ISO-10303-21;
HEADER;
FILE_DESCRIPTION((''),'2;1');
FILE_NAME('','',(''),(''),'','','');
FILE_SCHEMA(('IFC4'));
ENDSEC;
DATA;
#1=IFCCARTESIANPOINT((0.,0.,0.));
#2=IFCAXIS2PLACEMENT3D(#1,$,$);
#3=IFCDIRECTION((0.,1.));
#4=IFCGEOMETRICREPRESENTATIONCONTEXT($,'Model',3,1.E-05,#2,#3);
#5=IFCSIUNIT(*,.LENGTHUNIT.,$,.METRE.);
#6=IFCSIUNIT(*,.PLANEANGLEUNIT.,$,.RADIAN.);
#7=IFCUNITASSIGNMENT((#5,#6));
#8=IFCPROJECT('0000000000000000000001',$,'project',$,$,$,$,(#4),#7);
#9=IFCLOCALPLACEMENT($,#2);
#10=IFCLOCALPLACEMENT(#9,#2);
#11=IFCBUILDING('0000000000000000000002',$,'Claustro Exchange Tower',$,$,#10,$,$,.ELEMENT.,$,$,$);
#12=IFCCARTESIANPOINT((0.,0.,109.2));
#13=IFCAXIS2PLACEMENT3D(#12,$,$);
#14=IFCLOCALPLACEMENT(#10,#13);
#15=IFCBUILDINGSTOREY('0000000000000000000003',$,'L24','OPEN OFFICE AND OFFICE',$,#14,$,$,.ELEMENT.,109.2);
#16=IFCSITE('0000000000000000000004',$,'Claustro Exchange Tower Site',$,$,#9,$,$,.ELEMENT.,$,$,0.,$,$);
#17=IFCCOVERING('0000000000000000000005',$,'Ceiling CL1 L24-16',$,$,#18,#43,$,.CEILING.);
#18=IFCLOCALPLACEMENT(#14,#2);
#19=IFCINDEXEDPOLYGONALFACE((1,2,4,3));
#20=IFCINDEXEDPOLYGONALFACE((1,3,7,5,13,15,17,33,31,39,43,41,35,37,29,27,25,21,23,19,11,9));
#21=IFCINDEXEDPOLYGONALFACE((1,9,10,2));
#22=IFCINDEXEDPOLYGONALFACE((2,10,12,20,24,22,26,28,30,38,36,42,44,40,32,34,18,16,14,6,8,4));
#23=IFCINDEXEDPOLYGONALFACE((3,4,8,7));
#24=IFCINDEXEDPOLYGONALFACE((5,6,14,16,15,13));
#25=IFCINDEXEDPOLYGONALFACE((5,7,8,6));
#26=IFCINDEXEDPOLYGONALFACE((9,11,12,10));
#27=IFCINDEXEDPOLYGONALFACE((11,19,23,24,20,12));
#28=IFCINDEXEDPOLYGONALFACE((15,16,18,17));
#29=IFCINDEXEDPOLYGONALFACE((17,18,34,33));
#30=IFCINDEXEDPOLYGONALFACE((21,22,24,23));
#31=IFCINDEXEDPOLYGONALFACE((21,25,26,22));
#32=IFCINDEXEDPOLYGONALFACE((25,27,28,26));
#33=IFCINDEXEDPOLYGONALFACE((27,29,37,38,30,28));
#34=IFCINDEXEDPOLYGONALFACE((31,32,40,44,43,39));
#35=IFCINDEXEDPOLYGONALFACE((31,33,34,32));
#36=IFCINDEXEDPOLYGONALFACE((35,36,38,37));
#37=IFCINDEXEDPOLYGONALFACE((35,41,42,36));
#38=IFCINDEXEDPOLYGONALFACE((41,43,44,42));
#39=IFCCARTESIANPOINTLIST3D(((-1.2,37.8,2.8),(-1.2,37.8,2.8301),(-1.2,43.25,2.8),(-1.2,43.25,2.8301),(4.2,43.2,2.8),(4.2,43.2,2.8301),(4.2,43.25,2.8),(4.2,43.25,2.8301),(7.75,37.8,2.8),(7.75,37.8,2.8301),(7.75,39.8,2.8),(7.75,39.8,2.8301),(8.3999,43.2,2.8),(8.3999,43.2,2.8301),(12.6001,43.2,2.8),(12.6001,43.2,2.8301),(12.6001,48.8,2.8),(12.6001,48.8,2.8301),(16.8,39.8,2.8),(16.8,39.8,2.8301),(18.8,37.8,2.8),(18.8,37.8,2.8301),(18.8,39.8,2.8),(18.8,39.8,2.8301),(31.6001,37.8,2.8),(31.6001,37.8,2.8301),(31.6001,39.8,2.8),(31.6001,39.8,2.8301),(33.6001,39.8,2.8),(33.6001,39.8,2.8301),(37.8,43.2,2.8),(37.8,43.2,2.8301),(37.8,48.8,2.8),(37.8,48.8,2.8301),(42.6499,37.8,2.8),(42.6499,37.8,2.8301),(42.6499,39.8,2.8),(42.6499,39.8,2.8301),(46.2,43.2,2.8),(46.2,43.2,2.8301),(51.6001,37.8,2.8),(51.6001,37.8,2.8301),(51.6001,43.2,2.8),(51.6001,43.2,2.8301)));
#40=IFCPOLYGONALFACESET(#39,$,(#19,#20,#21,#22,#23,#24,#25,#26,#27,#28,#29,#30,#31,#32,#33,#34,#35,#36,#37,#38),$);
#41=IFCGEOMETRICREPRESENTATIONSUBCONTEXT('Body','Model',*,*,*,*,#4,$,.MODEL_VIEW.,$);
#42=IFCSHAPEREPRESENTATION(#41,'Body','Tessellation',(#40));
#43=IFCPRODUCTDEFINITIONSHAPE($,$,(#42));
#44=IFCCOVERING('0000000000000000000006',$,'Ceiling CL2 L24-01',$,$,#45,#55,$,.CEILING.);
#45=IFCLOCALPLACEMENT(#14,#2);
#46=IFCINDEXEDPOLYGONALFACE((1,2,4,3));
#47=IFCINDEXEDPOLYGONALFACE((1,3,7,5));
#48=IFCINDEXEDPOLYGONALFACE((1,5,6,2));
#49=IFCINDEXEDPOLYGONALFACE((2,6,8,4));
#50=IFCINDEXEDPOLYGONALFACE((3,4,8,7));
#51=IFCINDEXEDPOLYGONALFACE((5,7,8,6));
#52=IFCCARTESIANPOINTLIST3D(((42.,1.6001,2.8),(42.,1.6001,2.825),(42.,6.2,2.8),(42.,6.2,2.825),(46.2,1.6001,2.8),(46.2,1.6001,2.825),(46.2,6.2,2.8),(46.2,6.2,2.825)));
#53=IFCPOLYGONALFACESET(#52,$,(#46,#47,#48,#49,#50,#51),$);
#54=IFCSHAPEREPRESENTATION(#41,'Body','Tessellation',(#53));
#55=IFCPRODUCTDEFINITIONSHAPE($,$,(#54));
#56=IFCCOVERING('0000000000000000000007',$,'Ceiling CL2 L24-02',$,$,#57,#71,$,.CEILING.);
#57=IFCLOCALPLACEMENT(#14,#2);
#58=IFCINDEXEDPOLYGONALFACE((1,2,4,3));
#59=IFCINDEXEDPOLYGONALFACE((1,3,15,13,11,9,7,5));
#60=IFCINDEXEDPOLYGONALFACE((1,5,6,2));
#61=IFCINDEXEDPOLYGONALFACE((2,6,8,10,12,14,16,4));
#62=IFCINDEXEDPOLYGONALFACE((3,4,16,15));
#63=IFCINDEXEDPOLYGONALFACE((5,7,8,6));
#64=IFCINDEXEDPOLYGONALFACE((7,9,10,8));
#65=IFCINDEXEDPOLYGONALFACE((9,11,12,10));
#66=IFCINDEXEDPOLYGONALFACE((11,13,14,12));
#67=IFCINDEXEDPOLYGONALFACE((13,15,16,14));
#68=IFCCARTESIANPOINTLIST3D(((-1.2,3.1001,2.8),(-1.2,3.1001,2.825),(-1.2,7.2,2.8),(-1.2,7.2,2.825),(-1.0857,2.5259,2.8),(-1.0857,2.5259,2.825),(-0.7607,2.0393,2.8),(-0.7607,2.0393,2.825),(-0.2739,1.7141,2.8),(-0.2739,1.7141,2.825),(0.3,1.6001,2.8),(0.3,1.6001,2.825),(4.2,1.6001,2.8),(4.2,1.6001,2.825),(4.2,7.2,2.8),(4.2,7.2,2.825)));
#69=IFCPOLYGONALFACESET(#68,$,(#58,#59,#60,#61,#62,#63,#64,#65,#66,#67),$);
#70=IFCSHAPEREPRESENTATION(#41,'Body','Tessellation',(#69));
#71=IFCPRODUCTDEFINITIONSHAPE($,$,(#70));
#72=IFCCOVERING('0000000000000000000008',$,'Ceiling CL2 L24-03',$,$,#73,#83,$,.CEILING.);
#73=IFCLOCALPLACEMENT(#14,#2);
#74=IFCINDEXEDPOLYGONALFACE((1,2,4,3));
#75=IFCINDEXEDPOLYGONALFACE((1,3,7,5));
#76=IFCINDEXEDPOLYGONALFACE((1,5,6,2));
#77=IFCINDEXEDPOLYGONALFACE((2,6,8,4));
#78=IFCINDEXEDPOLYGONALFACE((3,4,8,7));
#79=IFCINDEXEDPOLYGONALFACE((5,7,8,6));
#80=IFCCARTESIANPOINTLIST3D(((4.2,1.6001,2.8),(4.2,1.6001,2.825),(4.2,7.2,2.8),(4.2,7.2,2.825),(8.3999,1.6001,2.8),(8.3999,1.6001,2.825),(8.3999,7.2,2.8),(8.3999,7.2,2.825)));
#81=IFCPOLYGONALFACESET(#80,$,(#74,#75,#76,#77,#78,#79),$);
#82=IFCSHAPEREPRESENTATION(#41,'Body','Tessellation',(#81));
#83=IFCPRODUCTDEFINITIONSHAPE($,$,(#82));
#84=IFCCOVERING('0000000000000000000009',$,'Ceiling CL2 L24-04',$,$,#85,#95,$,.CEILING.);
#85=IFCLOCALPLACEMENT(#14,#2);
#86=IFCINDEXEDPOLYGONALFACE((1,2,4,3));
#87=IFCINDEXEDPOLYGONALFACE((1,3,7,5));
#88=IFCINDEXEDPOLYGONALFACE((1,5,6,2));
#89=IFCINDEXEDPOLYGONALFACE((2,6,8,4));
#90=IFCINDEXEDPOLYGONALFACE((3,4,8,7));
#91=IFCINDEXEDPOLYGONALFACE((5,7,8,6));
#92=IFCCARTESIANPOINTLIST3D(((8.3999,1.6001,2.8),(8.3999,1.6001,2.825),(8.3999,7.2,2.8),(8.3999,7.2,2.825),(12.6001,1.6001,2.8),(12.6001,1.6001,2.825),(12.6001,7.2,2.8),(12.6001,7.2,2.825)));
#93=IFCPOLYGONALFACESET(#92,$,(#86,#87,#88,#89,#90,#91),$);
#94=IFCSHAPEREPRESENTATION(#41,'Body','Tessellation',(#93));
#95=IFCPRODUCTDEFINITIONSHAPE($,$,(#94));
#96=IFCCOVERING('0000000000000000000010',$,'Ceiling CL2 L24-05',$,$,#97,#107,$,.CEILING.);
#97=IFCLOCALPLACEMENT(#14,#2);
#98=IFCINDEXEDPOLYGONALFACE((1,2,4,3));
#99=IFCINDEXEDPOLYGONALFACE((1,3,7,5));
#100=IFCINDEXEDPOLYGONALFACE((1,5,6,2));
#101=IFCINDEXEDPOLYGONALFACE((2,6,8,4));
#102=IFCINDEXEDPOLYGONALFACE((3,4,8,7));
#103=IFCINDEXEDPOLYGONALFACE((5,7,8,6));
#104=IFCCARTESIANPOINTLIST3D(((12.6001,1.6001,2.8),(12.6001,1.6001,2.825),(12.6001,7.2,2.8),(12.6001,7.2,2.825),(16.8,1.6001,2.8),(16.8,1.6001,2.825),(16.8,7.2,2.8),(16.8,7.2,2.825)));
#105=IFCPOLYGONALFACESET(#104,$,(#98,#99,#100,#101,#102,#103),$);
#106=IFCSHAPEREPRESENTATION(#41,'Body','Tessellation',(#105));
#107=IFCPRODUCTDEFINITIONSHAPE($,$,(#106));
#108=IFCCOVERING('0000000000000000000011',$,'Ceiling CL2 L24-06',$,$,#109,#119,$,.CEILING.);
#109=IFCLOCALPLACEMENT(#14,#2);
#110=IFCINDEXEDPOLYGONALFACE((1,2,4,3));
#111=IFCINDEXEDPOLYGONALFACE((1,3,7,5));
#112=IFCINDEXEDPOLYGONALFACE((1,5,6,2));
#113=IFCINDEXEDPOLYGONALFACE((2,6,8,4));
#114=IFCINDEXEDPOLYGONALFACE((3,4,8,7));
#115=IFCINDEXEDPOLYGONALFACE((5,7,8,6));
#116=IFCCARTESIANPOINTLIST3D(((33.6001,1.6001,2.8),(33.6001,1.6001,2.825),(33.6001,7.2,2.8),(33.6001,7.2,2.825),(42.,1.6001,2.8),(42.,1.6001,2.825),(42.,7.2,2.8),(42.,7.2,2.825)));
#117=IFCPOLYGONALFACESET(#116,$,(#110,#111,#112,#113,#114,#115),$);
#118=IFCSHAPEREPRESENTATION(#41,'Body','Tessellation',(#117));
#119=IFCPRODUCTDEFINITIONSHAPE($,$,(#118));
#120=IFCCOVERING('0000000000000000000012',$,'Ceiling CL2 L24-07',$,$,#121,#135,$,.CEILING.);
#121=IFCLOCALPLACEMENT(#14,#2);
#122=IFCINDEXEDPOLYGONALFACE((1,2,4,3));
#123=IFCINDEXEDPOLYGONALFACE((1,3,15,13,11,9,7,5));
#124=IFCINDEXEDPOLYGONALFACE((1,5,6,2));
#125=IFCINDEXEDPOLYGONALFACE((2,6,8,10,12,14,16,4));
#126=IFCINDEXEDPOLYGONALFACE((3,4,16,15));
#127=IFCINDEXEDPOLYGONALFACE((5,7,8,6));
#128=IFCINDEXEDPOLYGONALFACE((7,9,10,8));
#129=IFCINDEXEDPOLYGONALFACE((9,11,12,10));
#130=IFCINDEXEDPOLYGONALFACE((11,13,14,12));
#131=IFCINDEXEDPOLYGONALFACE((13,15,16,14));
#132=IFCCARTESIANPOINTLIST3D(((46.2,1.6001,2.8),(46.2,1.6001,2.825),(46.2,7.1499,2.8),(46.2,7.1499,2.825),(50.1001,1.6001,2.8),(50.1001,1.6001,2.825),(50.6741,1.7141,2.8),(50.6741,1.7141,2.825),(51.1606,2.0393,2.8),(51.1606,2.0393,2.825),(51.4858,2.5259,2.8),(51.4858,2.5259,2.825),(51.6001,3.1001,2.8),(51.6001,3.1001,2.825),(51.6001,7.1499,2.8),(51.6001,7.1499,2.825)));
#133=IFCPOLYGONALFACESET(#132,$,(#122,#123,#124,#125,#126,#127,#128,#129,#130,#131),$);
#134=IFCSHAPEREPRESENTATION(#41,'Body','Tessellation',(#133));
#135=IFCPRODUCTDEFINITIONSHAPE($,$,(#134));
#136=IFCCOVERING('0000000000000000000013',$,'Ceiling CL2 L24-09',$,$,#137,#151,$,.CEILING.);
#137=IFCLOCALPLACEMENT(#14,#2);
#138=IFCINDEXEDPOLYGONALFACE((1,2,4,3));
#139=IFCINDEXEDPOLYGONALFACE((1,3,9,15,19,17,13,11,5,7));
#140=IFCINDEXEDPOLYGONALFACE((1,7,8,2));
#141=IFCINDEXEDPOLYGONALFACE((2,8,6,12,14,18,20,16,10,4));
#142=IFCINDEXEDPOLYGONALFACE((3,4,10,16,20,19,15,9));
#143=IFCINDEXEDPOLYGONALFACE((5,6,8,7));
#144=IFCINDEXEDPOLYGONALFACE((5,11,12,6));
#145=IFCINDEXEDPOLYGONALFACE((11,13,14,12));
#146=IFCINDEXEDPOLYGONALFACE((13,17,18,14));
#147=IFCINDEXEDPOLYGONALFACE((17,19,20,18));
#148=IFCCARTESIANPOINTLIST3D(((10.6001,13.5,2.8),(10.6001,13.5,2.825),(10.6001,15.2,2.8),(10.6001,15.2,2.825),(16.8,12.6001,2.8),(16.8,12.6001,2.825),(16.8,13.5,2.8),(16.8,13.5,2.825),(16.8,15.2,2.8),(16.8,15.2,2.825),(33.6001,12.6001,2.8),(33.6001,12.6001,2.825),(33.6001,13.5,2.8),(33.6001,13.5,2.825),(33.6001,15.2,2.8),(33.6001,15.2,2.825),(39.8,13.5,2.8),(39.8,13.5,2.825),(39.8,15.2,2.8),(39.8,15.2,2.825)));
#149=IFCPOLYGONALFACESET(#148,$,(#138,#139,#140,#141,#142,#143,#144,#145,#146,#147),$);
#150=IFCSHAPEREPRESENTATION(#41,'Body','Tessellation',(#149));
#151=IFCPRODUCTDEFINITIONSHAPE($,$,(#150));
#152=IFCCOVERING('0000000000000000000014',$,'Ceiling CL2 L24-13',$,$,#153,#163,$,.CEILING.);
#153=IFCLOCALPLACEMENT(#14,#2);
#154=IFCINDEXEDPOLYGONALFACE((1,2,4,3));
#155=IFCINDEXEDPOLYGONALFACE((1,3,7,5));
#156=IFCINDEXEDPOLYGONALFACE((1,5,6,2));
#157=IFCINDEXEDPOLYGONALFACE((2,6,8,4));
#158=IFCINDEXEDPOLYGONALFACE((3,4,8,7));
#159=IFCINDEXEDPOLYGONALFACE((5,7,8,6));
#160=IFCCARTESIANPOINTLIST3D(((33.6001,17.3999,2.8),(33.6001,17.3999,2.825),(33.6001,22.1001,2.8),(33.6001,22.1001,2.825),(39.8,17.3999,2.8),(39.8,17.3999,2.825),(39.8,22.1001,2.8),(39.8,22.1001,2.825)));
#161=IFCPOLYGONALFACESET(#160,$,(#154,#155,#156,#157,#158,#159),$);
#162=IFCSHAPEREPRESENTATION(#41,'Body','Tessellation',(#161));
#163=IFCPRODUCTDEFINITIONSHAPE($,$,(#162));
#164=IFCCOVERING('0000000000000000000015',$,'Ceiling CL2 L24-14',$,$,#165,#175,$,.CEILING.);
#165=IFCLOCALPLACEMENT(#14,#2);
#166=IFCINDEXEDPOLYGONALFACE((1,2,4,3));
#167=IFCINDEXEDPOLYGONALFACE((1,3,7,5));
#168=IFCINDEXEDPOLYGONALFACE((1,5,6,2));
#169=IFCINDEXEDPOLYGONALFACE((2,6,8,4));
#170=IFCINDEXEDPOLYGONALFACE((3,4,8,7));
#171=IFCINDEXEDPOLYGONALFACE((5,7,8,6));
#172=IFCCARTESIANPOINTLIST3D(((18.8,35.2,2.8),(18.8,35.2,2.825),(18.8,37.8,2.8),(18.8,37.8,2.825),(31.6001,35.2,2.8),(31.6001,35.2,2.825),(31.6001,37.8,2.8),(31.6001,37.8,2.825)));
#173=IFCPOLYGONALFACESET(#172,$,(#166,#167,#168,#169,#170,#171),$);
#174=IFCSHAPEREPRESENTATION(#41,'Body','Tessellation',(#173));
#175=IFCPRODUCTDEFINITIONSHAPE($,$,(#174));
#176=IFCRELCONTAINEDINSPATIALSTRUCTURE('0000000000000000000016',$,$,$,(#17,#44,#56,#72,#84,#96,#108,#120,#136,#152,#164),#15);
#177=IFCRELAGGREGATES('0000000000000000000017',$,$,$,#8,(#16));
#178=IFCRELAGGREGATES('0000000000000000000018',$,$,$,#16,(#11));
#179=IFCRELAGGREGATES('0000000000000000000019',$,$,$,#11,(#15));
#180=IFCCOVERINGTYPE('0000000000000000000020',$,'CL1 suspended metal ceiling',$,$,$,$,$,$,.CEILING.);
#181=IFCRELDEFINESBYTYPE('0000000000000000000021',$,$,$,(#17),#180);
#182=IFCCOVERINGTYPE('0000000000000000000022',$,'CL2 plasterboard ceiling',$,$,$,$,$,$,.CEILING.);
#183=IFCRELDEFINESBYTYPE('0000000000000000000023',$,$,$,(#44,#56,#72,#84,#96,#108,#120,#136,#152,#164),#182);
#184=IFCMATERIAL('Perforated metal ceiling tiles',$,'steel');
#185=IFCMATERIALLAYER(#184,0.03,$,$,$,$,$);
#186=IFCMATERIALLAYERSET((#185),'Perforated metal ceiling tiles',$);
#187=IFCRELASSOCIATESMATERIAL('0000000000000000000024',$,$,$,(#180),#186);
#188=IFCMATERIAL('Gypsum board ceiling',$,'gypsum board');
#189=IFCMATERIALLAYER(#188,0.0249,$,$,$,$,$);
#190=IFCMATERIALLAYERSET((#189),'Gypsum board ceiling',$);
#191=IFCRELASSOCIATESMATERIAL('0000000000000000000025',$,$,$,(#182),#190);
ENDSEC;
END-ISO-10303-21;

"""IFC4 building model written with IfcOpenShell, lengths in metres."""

from ifc_helpers import new_model, si_unit, direction, frame, origin, place, context, subcontext, project, spatial, polyline, outline, extrude, material, layer, layer_set, type_object, element, save


model = new_model("IFC4")

# Units and contexts
model_context = context("Model", 3, precision=1e-05, world=origin(), true_north=direction((0.0, 1.0)))
body_context = subcontext(model_context, "Body", "Model", "MODEL_VIEW")
ifc_project = project(units=[si_unit("LENGTHUNIT", "METRE"), si_unit("PLANEANGLEUNIT", "RADIAN")], contexts=[model_context])

# Site, building, storey
site_placement = place(None, origin())
site = spatial("IfcSite", under=ifc_project, at=site_placement, Name="Claustro Exchange Tower Site", CompositionType="ELEMENT", RefElevation=0.0)
building_placement = place(site_placement, origin())
building = spatial("IfcBuilding", under=site, at=building_placement, Name="Claustro Exchange Tower", CompositionType="ELEMENT")
storey_placement = place(building_placement, frame((0.0, 0.0, 109.2)))
storey = spatial("IfcBuildingStorey", under=building, at=storey_placement, Name="L24", Description="OPEN OFFICE AND OFFICE", CompositionType="ELEMENT", Elevation=109.2)

# Coverings
ifc_material_1 = material(Name="Perforated metal ceiling tiles", Category="steel")
ifc_layer_1 = layer(ifc_material_1, 0.03)
ifc_layer_set_1 = layer_set([ifc_layer_1], Name="Perforated metal ceiling tiles")
covering_type_1 = type_object("IfcCoveringType", Name="CL1 suspended metal ceiling", PredefinedType="CEILING", material=ifc_layer_set_1)
covering_1_placement = place(storey_placement, frame((0.0, 0.0, 2.8)))
element("IfcCovering", 1, at=covering_1_placement, inside=storey, type_object=covering_type_1, Name="Ceiling CL1 L24-16", PredefinedType="CEILING", context=body_context, shape_type="SweptSolid", body=[
    extrude(outline(polyline([(-1.2, 43.25), (-1.2, 37.8), (7.75, 37.8), (7.75, 39.8), (16.8, 39.8), (18.8, 39.8), (18.8, 37.8), (31.6001, 37.8), (31.6001, 39.8), (33.6001, 39.8), (42.6499, 39.8), (42.6499, 37.8), (51.6001, 37.8), (51.6001, 43.2), (46.2, 43.2), (37.8, 43.2), (37.8, 48.8), (12.6001, 48.8), (12.6001, 43.2), (8.3999, 43.2), (4.2, 43.2), (4.2, 43.25), (-1.2, 43.25)])), origin(), (0.0, 0.0, 1.0), 0.03),
])
ifc_material_2 = material(Name="Gypsum board ceiling", Category="gypsum board")
ifc_layer_2 = layer(ifc_material_2, 0.0249)
ifc_layer_set_2 = layer_set([ifc_layer_2], Name="Gypsum board ceiling")
covering_type_2 = type_object("IfcCoveringType", Name="CL2 plasterboard ceiling", PredefinedType="CEILING", material=ifc_layer_set_2)
covering_2_placement = place(storey_placement, frame((0.0, 0.0, 2.8)))
element("IfcCovering", 2, at=covering_2_placement, inside=storey, type_object=covering_type_2, Name="Ceiling CL2 L24-01", PredefinedType="CEILING", context=body_context, shape_type="SweptSolid", body=[
    extrude(outline(polyline([(42.0, 1.6001), (46.2, 1.6001), (46.2, 6.2), (42.0, 6.2), (42.0, 1.6001)])), origin(), (0.0, 0.0, 1.0), 0.0249),
])
covering_3_placement = place(storey_placement, frame((0.0, 0.0, 2.8)))
element("IfcCovering", 3, at=covering_3_placement, inside=storey, type_object=covering_type_2, Name="Ceiling CL2 L24-02", PredefinedType="CEILING", context=body_context, shape_type="SweptSolid", body=[
    extrude(outline(polyline([(-1.0857, 2.5259), (-0.7607, 2.0393), (-0.2739, 1.7141), (0.3, 1.6001), (4.2, 1.6001), (4.2, 7.2), (-1.2, 7.2), (-1.2, 3.1001), (-1.0857, 2.5259)])), origin(), (0.0, 0.0, 1.0), 0.0249),
])
covering_4_placement = place(storey_placement, frame((0.0, 0.0, 2.8)))
element("IfcCovering", 4, at=covering_4_placement, inside=storey, type_object=covering_type_2, Name="Ceiling CL2 L24-03", PredefinedType="CEILING", context=body_context, shape_type="SweptSolid", body=[
    extrude(outline(polyline([(4.2, 1.6001), (8.3999, 1.6001), (8.3999, 7.2), (4.2, 7.2), (4.2, 1.6001)])), origin(), (0.0, 0.0, 1.0), 0.0249),
])
covering_5_placement = place(storey_placement, frame((0.0, 0.0, 2.8)))
element("IfcCovering", 5, at=covering_5_placement, inside=storey, type_object=covering_type_2, Name="Ceiling CL2 L24-04", PredefinedType="CEILING", context=body_context, shape_type="SweptSolid", body=[
    extrude(outline(polyline([(8.3999, 1.6001), (12.6001, 1.6001), (12.6001, 7.2), (8.3999, 7.2), (8.3999, 1.6001)])), origin(), (0.0, 0.0, 1.0), 0.0249),
])
covering_6_placement = place(storey_placement, frame((0.0, 0.0, 2.8)))
element("IfcCovering", 6, at=covering_6_placement, inside=storey, type_object=covering_type_2, Name="Ceiling CL2 L24-05", PredefinedType="CEILING", context=body_context, shape_type="SweptSolid", body=[
    extrude(outline(polyline([(12.6001, 1.6001), (16.8, 1.6001), (16.8, 7.2), (12.6001, 7.2), (12.6001, 1.6001)])), origin(), (0.0, 0.0, 1.0), 0.0249),
])
covering_7_placement = place(storey_placement, frame((0.0, 0.0, 2.8)))
element("IfcCovering", 7, at=covering_7_placement, inside=storey, type_object=covering_type_2, Name="Ceiling CL2 L24-06", PredefinedType="CEILING", context=body_context, shape_type="SweptSolid", body=[
    extrude(outline(polyline([(33.6001, 1.6001), (42.0, 1.6001), (42.0, 7.2), (33.6001, 7.2), (33.6001, 1.6001)])), origin(), (0.0, 0.0, 1.0), 0.0249),
])
covering_8_placement = place(storey_placement, frame((0.0, 0.0, 2.8)))
element("IfcCovering", 8, at=covering_8_placement, inside=storey, type_object=covering_type_2, Name="Ceiling CL2 L24-07", PredefinedType="CEILING", context=body_context, shape_type="SweptSolid", body=[
    extrude(outline(polyline([(51.6001, 3.1001), (51.6001, 7.1499), (46.2, 7.1499), (46.2, 1.6001), (50.1001, 1.6001), (50.6741, 1.7141), (51.1606, 2.0393), (51.4858, 2.5259), (51.6001, 3.1001)])), origin(), (0.0, 0.0, 1.0), 0.0249),
])
covering_9_placement = place(storey_placement, frame((0.0, 0.0, 2.8)))
element("IfcCovering", 9, at=covering_9_placement, inside=storey, type_object=covering_type_2, Name="Ceiling CL2 L24-09", PredefinedType="CEILING", context=body_context, shape_type="SweptSolid", body=[
    extrude(outline(polyline([(10.6001, 15.2), (10.6001, 13.5), (16.8, 13.5), (16.8, 12.6001), (33.6001, 12.6001), (33.6001, 13.5), (39.8, 13.5), (39.8, 15.2), (33.6001, 15.2), (16.8, 15.2), (10.6001, 15.2)])), origin(), (0.0, 0.0, 1.0), 0.0249),
])
covering_10_placement = place(storey_placement, frame((0.0, 0.0, 2.8)))
element("IfcCovering", 10, at=covering_10_placement, inside=storey, type_object=covering_type_2, Name="Ceiling CL2 L24-13", PredefinedType="CEILING", context=body_context, shape_type="SweptSolid", body=[
    extrude(outline(polyline([(39.8, 17.3999), (39.8, 22.1001), (33.6001, 22.1001), (33.6001, 17.3999), (39.8, 17.3999)])), origin(), (0.0, 0.0, 1.0), 0.0249),
])
covering_11_placement = place(storey_placement, frame((0.0, 0.0, 2.8)))
element("IfcCovering", 11, at=covering_11_placement, inside=storey, type_object=covering_type_2, Name="Ceiling CL2 L24-14", PredefinedType="CEILING", context=body_context, shape_type="SweptSolid", body=[
    extrude(outline(polyline([(18.8, 35.2), (31.6001, 35.2), (31.6001, 37.8), (18.8, 37.8), (18.8, 35.2)])), origin(), (0.0, 0.0, 1.0), 0.0249),
])

save(model, "model.ifc")
